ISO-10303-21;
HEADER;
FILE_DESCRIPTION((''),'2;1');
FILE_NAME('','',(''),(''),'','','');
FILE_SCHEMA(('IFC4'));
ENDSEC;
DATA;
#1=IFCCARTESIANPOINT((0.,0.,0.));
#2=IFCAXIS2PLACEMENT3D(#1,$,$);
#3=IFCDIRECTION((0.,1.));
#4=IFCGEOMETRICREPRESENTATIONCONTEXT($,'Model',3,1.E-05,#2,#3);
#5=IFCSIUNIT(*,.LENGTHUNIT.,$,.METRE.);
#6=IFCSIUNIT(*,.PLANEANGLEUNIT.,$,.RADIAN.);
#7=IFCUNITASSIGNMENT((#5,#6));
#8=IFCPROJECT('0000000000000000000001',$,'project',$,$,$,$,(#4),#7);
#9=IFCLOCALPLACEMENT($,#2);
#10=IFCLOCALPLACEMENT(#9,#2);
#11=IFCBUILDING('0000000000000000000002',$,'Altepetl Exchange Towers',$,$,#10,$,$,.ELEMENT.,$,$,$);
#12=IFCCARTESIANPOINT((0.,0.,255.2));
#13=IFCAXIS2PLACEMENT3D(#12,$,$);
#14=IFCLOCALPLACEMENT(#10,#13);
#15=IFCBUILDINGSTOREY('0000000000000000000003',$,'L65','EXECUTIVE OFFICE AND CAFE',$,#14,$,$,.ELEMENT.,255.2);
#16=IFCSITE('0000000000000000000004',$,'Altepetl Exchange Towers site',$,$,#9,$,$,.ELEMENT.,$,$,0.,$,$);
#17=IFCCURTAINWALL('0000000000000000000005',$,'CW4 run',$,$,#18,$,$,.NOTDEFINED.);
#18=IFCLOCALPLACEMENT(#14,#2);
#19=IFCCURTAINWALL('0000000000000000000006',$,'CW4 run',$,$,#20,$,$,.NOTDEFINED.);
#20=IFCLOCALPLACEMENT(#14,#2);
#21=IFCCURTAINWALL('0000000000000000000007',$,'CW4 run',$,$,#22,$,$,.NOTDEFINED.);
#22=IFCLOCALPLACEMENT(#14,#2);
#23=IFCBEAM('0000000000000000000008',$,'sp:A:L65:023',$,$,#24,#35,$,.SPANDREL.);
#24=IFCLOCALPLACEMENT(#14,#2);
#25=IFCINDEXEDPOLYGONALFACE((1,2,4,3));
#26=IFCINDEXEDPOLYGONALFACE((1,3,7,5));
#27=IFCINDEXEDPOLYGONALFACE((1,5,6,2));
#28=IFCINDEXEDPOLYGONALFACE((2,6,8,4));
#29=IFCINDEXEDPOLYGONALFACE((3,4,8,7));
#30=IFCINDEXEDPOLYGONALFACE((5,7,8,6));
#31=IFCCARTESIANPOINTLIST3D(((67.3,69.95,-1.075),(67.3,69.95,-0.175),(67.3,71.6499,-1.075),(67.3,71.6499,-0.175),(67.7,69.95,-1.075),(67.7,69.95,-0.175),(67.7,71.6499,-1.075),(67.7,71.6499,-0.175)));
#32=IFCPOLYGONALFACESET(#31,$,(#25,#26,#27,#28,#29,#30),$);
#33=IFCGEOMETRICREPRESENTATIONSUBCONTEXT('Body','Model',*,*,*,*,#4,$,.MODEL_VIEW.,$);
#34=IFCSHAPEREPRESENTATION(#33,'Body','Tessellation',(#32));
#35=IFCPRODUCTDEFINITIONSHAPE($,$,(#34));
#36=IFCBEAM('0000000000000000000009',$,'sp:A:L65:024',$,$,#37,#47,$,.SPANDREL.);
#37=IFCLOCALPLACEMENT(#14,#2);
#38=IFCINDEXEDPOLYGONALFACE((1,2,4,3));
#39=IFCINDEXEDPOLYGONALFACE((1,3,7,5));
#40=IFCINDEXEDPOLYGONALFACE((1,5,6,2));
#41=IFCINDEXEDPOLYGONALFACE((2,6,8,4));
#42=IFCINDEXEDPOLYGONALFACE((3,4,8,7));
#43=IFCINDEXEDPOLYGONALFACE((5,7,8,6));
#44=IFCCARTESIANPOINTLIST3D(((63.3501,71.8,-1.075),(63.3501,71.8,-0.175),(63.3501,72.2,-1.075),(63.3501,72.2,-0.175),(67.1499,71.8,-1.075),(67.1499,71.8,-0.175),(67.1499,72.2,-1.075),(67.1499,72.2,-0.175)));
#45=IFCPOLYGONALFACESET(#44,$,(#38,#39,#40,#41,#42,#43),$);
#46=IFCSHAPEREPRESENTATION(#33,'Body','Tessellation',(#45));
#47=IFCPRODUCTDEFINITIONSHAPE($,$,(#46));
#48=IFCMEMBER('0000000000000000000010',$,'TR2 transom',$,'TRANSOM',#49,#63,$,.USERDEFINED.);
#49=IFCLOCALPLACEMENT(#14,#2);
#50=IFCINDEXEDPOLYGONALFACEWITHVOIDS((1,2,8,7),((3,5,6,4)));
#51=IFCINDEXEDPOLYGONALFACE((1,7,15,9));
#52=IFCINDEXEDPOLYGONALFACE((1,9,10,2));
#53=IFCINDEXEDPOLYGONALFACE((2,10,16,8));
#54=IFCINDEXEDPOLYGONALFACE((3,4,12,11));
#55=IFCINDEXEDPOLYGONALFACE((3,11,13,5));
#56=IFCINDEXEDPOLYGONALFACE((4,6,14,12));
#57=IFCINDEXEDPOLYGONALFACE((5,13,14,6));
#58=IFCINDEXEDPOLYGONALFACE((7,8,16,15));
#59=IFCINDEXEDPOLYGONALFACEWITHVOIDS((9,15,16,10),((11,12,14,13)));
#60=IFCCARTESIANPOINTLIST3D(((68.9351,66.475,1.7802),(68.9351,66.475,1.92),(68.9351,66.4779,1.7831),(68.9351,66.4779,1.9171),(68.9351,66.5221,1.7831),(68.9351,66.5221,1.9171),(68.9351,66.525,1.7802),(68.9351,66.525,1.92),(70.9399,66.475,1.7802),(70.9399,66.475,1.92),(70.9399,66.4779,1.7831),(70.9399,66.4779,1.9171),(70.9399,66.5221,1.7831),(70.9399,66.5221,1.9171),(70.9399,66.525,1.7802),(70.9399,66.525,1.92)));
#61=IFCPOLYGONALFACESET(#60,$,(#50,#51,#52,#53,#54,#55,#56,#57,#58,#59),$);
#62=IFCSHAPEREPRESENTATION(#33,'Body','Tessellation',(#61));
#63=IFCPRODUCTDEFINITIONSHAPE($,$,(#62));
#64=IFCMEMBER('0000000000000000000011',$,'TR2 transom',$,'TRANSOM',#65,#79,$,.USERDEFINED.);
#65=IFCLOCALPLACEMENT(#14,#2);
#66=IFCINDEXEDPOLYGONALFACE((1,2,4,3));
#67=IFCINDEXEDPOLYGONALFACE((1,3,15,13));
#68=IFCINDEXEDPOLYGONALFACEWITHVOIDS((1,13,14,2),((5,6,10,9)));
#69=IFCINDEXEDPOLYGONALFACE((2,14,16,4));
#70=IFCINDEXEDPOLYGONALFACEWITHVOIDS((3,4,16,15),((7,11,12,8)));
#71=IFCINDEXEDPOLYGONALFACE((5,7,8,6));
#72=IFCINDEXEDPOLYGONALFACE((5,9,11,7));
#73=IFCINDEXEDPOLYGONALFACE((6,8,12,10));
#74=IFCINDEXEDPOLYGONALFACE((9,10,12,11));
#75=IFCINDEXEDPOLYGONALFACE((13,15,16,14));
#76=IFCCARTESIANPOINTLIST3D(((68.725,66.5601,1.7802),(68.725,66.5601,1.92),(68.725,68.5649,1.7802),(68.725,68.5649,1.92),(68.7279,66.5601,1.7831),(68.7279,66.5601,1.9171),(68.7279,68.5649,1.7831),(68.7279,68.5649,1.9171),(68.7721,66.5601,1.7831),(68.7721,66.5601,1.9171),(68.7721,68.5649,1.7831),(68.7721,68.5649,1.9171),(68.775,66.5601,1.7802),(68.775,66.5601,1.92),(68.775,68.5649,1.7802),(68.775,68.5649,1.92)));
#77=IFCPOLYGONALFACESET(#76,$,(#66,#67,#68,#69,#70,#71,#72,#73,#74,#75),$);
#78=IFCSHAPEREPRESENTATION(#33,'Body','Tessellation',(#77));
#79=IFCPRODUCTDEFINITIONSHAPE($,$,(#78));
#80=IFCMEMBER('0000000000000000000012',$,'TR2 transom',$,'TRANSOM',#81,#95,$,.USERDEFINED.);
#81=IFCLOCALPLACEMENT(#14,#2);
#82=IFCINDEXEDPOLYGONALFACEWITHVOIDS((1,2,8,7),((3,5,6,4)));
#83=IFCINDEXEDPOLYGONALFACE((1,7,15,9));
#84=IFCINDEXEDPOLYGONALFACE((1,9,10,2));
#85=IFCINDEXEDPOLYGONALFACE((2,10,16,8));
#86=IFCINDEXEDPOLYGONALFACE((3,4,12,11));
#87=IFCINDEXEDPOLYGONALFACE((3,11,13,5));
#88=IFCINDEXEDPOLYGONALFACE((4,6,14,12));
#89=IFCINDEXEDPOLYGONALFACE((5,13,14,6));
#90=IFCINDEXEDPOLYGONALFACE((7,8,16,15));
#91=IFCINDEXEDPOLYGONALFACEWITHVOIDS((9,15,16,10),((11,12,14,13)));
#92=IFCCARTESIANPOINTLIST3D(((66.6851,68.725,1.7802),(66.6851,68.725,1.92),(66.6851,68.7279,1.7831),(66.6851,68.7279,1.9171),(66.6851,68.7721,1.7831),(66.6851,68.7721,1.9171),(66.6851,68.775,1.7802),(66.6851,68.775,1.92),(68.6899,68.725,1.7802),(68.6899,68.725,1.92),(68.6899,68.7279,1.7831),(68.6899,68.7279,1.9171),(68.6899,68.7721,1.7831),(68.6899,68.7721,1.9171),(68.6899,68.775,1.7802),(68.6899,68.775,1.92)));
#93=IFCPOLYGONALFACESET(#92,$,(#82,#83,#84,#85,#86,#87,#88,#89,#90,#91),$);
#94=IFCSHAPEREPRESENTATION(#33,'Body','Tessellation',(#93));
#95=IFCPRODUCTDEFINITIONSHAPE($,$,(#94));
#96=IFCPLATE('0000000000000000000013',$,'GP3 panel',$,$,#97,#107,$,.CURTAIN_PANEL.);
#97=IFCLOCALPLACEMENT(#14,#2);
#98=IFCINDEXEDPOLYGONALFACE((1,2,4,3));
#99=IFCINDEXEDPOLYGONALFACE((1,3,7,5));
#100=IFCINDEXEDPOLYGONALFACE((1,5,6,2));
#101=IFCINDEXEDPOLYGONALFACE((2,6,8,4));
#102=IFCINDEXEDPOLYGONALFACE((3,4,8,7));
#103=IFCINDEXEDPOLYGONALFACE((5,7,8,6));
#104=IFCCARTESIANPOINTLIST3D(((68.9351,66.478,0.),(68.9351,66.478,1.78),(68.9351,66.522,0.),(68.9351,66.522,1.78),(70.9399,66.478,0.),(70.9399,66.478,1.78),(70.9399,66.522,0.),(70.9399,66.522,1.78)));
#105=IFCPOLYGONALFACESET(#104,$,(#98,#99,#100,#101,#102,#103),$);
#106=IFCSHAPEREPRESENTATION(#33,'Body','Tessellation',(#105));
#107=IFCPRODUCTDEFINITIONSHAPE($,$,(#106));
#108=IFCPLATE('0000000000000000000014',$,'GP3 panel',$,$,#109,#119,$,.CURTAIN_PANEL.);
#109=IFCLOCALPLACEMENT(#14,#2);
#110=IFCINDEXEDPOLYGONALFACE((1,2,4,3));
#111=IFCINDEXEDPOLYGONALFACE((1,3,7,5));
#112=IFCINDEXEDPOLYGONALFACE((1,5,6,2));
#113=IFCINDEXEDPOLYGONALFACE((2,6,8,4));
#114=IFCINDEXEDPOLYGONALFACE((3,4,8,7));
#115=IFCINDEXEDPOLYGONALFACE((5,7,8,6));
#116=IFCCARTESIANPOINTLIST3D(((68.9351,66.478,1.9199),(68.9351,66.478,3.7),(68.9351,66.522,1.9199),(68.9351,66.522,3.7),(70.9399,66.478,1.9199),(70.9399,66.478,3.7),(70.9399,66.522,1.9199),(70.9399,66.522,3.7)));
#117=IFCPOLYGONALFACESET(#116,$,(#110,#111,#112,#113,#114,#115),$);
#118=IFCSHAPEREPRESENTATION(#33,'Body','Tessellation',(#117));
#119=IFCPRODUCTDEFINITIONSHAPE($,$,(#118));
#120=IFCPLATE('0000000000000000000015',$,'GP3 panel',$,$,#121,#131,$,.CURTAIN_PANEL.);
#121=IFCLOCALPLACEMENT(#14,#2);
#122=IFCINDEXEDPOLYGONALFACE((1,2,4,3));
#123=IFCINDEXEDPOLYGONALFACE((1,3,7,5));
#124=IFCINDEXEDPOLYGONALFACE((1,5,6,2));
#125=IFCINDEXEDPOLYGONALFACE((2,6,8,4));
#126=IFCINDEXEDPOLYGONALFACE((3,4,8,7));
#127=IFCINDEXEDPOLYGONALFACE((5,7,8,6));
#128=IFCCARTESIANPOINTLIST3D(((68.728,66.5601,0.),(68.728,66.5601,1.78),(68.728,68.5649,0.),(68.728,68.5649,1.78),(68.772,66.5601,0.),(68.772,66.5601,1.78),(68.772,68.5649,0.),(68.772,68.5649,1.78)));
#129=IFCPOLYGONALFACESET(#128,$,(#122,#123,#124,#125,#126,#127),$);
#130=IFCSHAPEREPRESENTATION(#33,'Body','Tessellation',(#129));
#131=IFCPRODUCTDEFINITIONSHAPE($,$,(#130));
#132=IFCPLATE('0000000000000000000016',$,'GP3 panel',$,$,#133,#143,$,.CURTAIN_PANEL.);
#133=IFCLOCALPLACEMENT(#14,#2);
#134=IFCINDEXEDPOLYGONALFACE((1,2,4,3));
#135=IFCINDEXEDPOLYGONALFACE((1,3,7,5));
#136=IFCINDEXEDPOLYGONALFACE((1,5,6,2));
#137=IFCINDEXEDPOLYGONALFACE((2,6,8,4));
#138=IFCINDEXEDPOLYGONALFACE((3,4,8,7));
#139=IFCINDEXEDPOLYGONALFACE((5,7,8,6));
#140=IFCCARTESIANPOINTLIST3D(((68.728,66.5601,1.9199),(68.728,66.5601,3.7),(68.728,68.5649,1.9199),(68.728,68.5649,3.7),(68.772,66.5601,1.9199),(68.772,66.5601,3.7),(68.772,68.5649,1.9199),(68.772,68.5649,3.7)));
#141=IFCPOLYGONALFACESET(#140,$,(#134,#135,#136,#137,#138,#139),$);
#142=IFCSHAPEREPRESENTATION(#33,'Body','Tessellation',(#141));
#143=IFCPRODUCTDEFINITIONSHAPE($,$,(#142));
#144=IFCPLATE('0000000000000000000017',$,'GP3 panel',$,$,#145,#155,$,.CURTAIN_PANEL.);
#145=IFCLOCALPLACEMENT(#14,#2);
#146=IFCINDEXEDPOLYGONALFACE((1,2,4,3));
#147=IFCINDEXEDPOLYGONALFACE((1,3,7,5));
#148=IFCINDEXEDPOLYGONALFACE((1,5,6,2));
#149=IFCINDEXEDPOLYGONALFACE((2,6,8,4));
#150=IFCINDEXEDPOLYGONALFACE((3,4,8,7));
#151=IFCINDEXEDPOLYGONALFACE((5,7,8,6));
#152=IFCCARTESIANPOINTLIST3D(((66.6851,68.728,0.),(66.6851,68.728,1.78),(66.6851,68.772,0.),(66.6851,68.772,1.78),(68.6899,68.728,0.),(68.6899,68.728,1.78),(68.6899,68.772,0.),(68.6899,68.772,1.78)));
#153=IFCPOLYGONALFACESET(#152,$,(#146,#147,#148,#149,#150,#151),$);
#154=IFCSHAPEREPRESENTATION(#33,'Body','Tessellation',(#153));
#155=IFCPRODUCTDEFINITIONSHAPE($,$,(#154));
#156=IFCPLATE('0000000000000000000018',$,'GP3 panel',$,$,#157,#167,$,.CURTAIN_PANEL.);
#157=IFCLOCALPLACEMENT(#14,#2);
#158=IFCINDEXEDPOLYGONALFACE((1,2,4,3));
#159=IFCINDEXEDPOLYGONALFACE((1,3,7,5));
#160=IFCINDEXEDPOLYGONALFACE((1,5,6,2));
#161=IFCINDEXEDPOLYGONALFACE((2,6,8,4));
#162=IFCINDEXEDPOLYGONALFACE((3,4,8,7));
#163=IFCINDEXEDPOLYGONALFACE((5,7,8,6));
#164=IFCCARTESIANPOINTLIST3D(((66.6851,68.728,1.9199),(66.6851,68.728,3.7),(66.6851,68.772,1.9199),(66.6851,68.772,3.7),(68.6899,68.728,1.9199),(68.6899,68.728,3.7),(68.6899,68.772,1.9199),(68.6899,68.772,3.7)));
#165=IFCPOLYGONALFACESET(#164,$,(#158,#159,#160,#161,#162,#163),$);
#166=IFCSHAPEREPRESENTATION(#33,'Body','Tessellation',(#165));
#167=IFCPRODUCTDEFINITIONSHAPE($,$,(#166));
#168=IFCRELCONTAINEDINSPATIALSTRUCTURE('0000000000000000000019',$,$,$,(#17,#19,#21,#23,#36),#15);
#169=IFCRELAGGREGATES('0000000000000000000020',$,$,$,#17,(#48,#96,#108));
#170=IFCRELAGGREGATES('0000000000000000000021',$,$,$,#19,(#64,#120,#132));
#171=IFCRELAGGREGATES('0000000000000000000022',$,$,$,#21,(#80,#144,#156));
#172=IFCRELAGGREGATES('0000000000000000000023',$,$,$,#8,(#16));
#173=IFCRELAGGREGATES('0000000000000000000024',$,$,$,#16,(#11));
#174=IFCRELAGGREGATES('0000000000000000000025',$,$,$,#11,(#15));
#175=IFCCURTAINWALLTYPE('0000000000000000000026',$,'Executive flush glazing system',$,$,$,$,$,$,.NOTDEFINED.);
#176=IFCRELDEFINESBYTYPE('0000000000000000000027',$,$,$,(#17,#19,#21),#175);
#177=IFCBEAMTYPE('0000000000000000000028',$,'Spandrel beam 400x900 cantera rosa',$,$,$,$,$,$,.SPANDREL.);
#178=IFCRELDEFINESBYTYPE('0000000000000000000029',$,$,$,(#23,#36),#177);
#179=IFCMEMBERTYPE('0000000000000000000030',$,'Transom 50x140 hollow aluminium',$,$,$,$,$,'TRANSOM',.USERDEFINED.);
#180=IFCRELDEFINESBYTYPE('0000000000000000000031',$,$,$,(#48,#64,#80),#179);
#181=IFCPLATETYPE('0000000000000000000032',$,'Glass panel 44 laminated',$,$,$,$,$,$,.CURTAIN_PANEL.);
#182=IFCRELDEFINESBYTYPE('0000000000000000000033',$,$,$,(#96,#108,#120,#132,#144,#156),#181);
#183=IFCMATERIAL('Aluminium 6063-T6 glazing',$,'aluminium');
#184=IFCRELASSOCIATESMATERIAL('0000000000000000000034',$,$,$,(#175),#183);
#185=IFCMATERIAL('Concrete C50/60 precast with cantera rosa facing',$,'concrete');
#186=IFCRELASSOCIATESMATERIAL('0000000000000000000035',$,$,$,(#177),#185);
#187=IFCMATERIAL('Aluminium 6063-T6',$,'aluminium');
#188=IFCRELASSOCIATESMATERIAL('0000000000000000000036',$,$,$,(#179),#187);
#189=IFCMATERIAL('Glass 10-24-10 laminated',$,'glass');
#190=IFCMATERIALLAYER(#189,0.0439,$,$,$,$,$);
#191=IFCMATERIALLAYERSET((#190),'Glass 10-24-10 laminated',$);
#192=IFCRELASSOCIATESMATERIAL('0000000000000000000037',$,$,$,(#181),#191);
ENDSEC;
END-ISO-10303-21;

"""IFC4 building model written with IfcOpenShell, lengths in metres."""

from ifc_helpers import new_model, si_unit, direction, frame, origin, origin_2d, place, context, subcontext, project, spatial, rectangle, hollow_rectangle, extrude, material, layer, layer_set, material_profile, profile_set, type_object, element, aggregate, save


model = new_model("IFC4")

# Units and contexts
model_context = context("Model", 3, precision=1e-05, world=origin(), true_north=direction((0.0, 1.0)))
body_context = subcontext(model_context, "Body", "Model", "MODEL_VIEW")
ifc_project = project(units=[si_unit("LENGTHUNIT", "METRE"), si_unit("PLANEANGLEUNIT", "RADIAN")], contexts=[model_context])

# Site, building, storey
site_placement = place(None, origin())
site = spatial("IfcSite", under=ifc_project, at=site_placement, Name="Altepetl Exchange Towers site", CompositionType="ELEMENT", RefElevation=0.0)
building_placement = place(site_placement, origin())
building = spatial("IfcBuilding", under=site, at=building_placement, Name="Altepetl Exchange Towers", CompositionType="ELEMENT")
storey_placement = place(building_placement, frame((0.0, 0.0, 255.2)))
storey = spatial("IfcBuildingStorey", under=building, at=storey_placement, Name="L65", Description="EXECUTIVE OFFICE AND CAFE", CompositionType="ELEMENT", Elevation=255.2)

# Shared definitions
ifc_material_1 = material(Name="Aluminium 6063-T6 glazing", Category="aluminium")
curtain_wall_type = type_object("IfcCurtainWallType", Name="Executive flush glazing system", PredefinedType="NOTDEFINED", material=ifc_material_1)
ifc_material_2 = material(Name="Aluminium 6063-T6", Category="aluminium")

# Curtain walls
curtain_wall_1_placement = place(storey_placement, origin())
curtain_wall_1 = element("IfcCurtainWall", 1, at=curtain_wall_1_placement, inside=storey, type_object=curtain_wall_type, Name="CW4 run", PredefinedType="NOTDEFINED")
curtain_wall_2_placement = place(storey_placement, origin())
curtain_wall_2 = element("IfcCurtainWall", 2, at=curtain_wall_2_placement, inside=storey, type_object=curtain_wall_type, Name="CW4 run", PredefinedType="NOTDEFINED")
curtain_wall_3_placement = place(storey_placement, origin())
curtain_wall_3 = element("IfcCurtainWall", 3, at=curtain_wall_3_placement, inside=storey, type_object=curtain_wall_type, Name="CW4 run", PredefinedType="NOTDEFINED")

# Beams
ifc_material_3 = material(Name="Concrete C50/60 precast with cantera rosa facing", Category="concrete")
ifc_material_profile_1 = material_profile(ifc_material_3, rectangle(XDim=0.3999, YDim=0.8999, at=origin_2d()), Name="400 x 900")
ifc_profile_set_1 = profile_set([ifc_material_profile_1], Name="Concrete C50/60 precast with cantera rosa facing")
beam_type = type_object("IfcBeamType", Name="Spandrel beam 400x900 cantera rosa", PredefinedType="SPANDREL", material=ifc_profile_set_1)
beam_1_placement = place(storey_placement, frame((67.5, 69.95, -0.625), z_axis=(0.0, 1.0, 0.0), x_axis=(-1.0, 0.0, 0.0)))
element("IfcBeam", 4, at=beam_1_placement, inside=storey, type_object=beam_type, Name="sp:A:L65:023", PredefinedType="SPANDREL", context=body_context, shape_type="SweptSolid", body=[
    extrude(rectangle(XDim=0.3999, YDim=0.8999, at=origin_2d()), origin(), (0.0, 0.0, 1.0), 1.7),
])
beam_2_placement = place(storey_placement, frame((67.1499, 72.0, -0.625), z_axis=(-1.0, 0.0, 0.0), x_axis=(0.0, -1.0, 0.0)))
element("IfcBeam", 5, at=beam_2_placement, inside=storey, type_object=beam_type, Name="sp:A:L65:024", PredefinedType="SPANDREL", context=body_context, shape_type="SweptSolid", body=[
    extrude(rectangle(XDim=0.3999, YDim=0.8999, at=origin_2d()), origin(), (0.0, 0.0, 1.0), 3.7998),
])

# Members
ifc_material_profile_2 = material_profile(ifc_material_2, hollow_rectangle(XDim=0.05, YDim=0.1399, WallThickness=0.0029, at=origin_2d()), Name="Transom 50x140 hollow aluminium")
ifc_profile_set_2 = profile_set([ifc_material_profile_2], Name="Aluminium 6063-T6")
member_type_1 = type_object("IfcMemberType", Name="Transom 50x140 hollow aluminium", ElementType="TRANSOM", PredefinedType="USERDEFINED", material=ifc_profile_set_2)
member_1_placement = place(storey_placement, frame((70.9399, 66.5, 1.8501), z_axis=(-1.0, 0.0, 0.0), x_axis=(0.0, -1.0, 0.0)))
member_1 = element("IfcMember", 6, at=member_1_placement, type_object=member_type_1, Name="TR2 transom", ObjectType="TRANSOM", PredefinedType="USERDEFINED", context=body_context, shape_type="SweptSolid", body=[
    extrude(hollow_rectangle(XDim=0.05, YDim=0.1399, WallThickness=0.0029, at=origin_2d()), origin(), (0.0, 0.0, 1.0), 2.0049),
])
member_2_placement = place(storey_placement, frame((68.75, 66.5601, 1.8501), z_axis=(0.0, 1.0, 0.0), x_axis=(-1.0, 0.0, 0.0)))
member_2 = element("IfcMember", 7, at=member_2_placement, type_object=member_type_1, Name="TR2 transom", ObjectType="TRANSOM", PredefinedType="USERDEFINED", context=body_context, shape_type="SweptSolid", body=[
    extrude(hollow_rectangle(XDim=0.05, YDim=0.1399, WallThickness=0.0029, at=origin_2d()), origin(), (0.0, 0.0, 1.0), 2.0049),
])
member_3_placement = place(storey_placement, frame((68.6899, 68.75, 1.8501), z_axis=(-1.0, 0.0, 0.0), x_axis=(0.0, -1.0, 0.0)))
member_3 = element("IfcMember", 8, at=member_3_placement, type_object=member_type_1, Name="TR2 transom", ObjectType="TRANSOM", PredefinedType="USERDEFINED", context=body_context, shape_type="SweptSolid", body=[
    extrude(hollow_rectangle(XDim=0.05, YDim=0.1399, WallThickness=0.0029, at=origin_2d()), origin(), (0.0, 0.0, 1.0), 2.0049),
])

# Plates
ifc_material_4 = material(Name="Glass 10-24-10 laminated", Category="glass")
ifc_layer = layer(ifc_material_4, 0.0439)
ifc_layer_set = layer_set([ifc_layer], Name="Glass 10-24-10 laminated")
plate_type = type_object("IfcPlateType", Name="Glass panel 44 laminated", PredefinedType="CURTAIN_PANEL", material=ifc_layer_set)
plate_1_placement = place(storey_placement, frame((69.9375, 66.5, 0.0), z_axis=(0.0, 0.0, 1.0), x_axis=(-1.0, 0.0, 0.0)))
plate_1 = element("IfcPlate", 9, at=plate_1_placement, type_object=plate_type, Name="GP3 panel", PredefinedType="CURTAIN_PANEL", context=body_context, shape_type="SweptSolid", body=[
    extrude(rectangle(XDim=2.0049, YDim=0.0439, at=origin_2d()), origin(), (0.0, 0.0, 1.0), 1.78),
])
plate_2_placement = place(storey_placement, frame((69.9375, 66.5, 1.9199), z_axis=(0.0, 0.0, 1.0), x_axis=(-1.0, 0.0, 0.0)))
plate_2 = element("IfcPlate", 10, at=plate_2_placement, type_object=plate_type, Name="GP3 panel", PredefinedType="CURTAIN_PANEL", context=body_context, shape_type="SweptSolid", body=[
    extrude(rectangle(XDim=2.0049, YDim=0.0439, at=origin_2d()), origin(), (0.0, 0.0, 1.0), 1.78),
])
aggregate(curtain_wall_1, [member_1, plate_1, plate_2])
plate_3_placement = place(storey_placement, frame((68.75, 67.5625, 0.0), z_axis=(0.0, 0.0, 1.0), x_axis=(0.0, 1.0, 0.0)))
plate_3 = element("IfcPlate", 11, at=plate_3_placement, type_object=plate_type, Name="GP3 panel", PredefinedType="CURTAIN_PANEL", context=body_context, shape_type="SweptSolid", body=[
    extrude(rectangle(XDim=2.0049, YDim=0.0439, at=origin_2d()), origin(), (0.0, 0.0, 1.0), 1.78),
])
plate_4_placement = place(storey_placement, frame((68.75, 67.5625, 1.9199), z_axis=(0.0, 0.0, 1.0), x_axis=(0.0, 1.0, 0.0)))
plate_4 = element("IfcPlate", 12, at=plate_4_placement, type_object=plate_type, Name="GP3 panel", PredefinedType="CURTAIN_PANEL", context=body_context, shape_type="SweptSolid", body=[
    extrude(rectangle(XDim=2.0049, YDim=0.0439, at=origin_2d()), origin(), (0.0, 0.0, 1.0), 1.78),
])
aggregate(curtain_wall_2, [member_2, plate_3, plate_4])
plate_5_placement = place(storey_placement, frame((67.6875, 68.75, 0.0), z_axis=(0.0, 0.0, 1.0), x_axis=(-1.0, 0.0, 0.0)))
plate_5 = element("IfcPlate", 13, at=plate_5_placement, type_object=plate_type, Name="GP3 panel", PredefinedType="CURTAIN_PANEL", context=body_context, shape_type="SweptSolid", body=[
    extrude(rectangle(XDim=2.0049, YDim=0.0439, at=origin_2d()), origin(), (0.0, 0.0, 1.0), 1.78),
])
plate_6_placement = place(storey_placement, frame((67.6875, 68.75, 1.9199), z_axis=(0.0, 0.0, 1.0), x_axis=(-1.0, 0.0, 0.0)))
plate_6 = element("IfcPlate", 14, at=plate_6_placement, type_object=plate_type, Name="GP3 panel", PredefinedType="CURTAIN_PANEL", context=body_context, shape_type="SweptSolid", body=[
    extrude(rectangle(XDim=2.0049, YDim=0.0439, at=origin_2d()), origin(), (0.0, 0.0, 1.0), 1.78),
])
aggregate(curtain_wall_3, [member_3, plate_5, plate_6])

save(model, "model.ifc")
